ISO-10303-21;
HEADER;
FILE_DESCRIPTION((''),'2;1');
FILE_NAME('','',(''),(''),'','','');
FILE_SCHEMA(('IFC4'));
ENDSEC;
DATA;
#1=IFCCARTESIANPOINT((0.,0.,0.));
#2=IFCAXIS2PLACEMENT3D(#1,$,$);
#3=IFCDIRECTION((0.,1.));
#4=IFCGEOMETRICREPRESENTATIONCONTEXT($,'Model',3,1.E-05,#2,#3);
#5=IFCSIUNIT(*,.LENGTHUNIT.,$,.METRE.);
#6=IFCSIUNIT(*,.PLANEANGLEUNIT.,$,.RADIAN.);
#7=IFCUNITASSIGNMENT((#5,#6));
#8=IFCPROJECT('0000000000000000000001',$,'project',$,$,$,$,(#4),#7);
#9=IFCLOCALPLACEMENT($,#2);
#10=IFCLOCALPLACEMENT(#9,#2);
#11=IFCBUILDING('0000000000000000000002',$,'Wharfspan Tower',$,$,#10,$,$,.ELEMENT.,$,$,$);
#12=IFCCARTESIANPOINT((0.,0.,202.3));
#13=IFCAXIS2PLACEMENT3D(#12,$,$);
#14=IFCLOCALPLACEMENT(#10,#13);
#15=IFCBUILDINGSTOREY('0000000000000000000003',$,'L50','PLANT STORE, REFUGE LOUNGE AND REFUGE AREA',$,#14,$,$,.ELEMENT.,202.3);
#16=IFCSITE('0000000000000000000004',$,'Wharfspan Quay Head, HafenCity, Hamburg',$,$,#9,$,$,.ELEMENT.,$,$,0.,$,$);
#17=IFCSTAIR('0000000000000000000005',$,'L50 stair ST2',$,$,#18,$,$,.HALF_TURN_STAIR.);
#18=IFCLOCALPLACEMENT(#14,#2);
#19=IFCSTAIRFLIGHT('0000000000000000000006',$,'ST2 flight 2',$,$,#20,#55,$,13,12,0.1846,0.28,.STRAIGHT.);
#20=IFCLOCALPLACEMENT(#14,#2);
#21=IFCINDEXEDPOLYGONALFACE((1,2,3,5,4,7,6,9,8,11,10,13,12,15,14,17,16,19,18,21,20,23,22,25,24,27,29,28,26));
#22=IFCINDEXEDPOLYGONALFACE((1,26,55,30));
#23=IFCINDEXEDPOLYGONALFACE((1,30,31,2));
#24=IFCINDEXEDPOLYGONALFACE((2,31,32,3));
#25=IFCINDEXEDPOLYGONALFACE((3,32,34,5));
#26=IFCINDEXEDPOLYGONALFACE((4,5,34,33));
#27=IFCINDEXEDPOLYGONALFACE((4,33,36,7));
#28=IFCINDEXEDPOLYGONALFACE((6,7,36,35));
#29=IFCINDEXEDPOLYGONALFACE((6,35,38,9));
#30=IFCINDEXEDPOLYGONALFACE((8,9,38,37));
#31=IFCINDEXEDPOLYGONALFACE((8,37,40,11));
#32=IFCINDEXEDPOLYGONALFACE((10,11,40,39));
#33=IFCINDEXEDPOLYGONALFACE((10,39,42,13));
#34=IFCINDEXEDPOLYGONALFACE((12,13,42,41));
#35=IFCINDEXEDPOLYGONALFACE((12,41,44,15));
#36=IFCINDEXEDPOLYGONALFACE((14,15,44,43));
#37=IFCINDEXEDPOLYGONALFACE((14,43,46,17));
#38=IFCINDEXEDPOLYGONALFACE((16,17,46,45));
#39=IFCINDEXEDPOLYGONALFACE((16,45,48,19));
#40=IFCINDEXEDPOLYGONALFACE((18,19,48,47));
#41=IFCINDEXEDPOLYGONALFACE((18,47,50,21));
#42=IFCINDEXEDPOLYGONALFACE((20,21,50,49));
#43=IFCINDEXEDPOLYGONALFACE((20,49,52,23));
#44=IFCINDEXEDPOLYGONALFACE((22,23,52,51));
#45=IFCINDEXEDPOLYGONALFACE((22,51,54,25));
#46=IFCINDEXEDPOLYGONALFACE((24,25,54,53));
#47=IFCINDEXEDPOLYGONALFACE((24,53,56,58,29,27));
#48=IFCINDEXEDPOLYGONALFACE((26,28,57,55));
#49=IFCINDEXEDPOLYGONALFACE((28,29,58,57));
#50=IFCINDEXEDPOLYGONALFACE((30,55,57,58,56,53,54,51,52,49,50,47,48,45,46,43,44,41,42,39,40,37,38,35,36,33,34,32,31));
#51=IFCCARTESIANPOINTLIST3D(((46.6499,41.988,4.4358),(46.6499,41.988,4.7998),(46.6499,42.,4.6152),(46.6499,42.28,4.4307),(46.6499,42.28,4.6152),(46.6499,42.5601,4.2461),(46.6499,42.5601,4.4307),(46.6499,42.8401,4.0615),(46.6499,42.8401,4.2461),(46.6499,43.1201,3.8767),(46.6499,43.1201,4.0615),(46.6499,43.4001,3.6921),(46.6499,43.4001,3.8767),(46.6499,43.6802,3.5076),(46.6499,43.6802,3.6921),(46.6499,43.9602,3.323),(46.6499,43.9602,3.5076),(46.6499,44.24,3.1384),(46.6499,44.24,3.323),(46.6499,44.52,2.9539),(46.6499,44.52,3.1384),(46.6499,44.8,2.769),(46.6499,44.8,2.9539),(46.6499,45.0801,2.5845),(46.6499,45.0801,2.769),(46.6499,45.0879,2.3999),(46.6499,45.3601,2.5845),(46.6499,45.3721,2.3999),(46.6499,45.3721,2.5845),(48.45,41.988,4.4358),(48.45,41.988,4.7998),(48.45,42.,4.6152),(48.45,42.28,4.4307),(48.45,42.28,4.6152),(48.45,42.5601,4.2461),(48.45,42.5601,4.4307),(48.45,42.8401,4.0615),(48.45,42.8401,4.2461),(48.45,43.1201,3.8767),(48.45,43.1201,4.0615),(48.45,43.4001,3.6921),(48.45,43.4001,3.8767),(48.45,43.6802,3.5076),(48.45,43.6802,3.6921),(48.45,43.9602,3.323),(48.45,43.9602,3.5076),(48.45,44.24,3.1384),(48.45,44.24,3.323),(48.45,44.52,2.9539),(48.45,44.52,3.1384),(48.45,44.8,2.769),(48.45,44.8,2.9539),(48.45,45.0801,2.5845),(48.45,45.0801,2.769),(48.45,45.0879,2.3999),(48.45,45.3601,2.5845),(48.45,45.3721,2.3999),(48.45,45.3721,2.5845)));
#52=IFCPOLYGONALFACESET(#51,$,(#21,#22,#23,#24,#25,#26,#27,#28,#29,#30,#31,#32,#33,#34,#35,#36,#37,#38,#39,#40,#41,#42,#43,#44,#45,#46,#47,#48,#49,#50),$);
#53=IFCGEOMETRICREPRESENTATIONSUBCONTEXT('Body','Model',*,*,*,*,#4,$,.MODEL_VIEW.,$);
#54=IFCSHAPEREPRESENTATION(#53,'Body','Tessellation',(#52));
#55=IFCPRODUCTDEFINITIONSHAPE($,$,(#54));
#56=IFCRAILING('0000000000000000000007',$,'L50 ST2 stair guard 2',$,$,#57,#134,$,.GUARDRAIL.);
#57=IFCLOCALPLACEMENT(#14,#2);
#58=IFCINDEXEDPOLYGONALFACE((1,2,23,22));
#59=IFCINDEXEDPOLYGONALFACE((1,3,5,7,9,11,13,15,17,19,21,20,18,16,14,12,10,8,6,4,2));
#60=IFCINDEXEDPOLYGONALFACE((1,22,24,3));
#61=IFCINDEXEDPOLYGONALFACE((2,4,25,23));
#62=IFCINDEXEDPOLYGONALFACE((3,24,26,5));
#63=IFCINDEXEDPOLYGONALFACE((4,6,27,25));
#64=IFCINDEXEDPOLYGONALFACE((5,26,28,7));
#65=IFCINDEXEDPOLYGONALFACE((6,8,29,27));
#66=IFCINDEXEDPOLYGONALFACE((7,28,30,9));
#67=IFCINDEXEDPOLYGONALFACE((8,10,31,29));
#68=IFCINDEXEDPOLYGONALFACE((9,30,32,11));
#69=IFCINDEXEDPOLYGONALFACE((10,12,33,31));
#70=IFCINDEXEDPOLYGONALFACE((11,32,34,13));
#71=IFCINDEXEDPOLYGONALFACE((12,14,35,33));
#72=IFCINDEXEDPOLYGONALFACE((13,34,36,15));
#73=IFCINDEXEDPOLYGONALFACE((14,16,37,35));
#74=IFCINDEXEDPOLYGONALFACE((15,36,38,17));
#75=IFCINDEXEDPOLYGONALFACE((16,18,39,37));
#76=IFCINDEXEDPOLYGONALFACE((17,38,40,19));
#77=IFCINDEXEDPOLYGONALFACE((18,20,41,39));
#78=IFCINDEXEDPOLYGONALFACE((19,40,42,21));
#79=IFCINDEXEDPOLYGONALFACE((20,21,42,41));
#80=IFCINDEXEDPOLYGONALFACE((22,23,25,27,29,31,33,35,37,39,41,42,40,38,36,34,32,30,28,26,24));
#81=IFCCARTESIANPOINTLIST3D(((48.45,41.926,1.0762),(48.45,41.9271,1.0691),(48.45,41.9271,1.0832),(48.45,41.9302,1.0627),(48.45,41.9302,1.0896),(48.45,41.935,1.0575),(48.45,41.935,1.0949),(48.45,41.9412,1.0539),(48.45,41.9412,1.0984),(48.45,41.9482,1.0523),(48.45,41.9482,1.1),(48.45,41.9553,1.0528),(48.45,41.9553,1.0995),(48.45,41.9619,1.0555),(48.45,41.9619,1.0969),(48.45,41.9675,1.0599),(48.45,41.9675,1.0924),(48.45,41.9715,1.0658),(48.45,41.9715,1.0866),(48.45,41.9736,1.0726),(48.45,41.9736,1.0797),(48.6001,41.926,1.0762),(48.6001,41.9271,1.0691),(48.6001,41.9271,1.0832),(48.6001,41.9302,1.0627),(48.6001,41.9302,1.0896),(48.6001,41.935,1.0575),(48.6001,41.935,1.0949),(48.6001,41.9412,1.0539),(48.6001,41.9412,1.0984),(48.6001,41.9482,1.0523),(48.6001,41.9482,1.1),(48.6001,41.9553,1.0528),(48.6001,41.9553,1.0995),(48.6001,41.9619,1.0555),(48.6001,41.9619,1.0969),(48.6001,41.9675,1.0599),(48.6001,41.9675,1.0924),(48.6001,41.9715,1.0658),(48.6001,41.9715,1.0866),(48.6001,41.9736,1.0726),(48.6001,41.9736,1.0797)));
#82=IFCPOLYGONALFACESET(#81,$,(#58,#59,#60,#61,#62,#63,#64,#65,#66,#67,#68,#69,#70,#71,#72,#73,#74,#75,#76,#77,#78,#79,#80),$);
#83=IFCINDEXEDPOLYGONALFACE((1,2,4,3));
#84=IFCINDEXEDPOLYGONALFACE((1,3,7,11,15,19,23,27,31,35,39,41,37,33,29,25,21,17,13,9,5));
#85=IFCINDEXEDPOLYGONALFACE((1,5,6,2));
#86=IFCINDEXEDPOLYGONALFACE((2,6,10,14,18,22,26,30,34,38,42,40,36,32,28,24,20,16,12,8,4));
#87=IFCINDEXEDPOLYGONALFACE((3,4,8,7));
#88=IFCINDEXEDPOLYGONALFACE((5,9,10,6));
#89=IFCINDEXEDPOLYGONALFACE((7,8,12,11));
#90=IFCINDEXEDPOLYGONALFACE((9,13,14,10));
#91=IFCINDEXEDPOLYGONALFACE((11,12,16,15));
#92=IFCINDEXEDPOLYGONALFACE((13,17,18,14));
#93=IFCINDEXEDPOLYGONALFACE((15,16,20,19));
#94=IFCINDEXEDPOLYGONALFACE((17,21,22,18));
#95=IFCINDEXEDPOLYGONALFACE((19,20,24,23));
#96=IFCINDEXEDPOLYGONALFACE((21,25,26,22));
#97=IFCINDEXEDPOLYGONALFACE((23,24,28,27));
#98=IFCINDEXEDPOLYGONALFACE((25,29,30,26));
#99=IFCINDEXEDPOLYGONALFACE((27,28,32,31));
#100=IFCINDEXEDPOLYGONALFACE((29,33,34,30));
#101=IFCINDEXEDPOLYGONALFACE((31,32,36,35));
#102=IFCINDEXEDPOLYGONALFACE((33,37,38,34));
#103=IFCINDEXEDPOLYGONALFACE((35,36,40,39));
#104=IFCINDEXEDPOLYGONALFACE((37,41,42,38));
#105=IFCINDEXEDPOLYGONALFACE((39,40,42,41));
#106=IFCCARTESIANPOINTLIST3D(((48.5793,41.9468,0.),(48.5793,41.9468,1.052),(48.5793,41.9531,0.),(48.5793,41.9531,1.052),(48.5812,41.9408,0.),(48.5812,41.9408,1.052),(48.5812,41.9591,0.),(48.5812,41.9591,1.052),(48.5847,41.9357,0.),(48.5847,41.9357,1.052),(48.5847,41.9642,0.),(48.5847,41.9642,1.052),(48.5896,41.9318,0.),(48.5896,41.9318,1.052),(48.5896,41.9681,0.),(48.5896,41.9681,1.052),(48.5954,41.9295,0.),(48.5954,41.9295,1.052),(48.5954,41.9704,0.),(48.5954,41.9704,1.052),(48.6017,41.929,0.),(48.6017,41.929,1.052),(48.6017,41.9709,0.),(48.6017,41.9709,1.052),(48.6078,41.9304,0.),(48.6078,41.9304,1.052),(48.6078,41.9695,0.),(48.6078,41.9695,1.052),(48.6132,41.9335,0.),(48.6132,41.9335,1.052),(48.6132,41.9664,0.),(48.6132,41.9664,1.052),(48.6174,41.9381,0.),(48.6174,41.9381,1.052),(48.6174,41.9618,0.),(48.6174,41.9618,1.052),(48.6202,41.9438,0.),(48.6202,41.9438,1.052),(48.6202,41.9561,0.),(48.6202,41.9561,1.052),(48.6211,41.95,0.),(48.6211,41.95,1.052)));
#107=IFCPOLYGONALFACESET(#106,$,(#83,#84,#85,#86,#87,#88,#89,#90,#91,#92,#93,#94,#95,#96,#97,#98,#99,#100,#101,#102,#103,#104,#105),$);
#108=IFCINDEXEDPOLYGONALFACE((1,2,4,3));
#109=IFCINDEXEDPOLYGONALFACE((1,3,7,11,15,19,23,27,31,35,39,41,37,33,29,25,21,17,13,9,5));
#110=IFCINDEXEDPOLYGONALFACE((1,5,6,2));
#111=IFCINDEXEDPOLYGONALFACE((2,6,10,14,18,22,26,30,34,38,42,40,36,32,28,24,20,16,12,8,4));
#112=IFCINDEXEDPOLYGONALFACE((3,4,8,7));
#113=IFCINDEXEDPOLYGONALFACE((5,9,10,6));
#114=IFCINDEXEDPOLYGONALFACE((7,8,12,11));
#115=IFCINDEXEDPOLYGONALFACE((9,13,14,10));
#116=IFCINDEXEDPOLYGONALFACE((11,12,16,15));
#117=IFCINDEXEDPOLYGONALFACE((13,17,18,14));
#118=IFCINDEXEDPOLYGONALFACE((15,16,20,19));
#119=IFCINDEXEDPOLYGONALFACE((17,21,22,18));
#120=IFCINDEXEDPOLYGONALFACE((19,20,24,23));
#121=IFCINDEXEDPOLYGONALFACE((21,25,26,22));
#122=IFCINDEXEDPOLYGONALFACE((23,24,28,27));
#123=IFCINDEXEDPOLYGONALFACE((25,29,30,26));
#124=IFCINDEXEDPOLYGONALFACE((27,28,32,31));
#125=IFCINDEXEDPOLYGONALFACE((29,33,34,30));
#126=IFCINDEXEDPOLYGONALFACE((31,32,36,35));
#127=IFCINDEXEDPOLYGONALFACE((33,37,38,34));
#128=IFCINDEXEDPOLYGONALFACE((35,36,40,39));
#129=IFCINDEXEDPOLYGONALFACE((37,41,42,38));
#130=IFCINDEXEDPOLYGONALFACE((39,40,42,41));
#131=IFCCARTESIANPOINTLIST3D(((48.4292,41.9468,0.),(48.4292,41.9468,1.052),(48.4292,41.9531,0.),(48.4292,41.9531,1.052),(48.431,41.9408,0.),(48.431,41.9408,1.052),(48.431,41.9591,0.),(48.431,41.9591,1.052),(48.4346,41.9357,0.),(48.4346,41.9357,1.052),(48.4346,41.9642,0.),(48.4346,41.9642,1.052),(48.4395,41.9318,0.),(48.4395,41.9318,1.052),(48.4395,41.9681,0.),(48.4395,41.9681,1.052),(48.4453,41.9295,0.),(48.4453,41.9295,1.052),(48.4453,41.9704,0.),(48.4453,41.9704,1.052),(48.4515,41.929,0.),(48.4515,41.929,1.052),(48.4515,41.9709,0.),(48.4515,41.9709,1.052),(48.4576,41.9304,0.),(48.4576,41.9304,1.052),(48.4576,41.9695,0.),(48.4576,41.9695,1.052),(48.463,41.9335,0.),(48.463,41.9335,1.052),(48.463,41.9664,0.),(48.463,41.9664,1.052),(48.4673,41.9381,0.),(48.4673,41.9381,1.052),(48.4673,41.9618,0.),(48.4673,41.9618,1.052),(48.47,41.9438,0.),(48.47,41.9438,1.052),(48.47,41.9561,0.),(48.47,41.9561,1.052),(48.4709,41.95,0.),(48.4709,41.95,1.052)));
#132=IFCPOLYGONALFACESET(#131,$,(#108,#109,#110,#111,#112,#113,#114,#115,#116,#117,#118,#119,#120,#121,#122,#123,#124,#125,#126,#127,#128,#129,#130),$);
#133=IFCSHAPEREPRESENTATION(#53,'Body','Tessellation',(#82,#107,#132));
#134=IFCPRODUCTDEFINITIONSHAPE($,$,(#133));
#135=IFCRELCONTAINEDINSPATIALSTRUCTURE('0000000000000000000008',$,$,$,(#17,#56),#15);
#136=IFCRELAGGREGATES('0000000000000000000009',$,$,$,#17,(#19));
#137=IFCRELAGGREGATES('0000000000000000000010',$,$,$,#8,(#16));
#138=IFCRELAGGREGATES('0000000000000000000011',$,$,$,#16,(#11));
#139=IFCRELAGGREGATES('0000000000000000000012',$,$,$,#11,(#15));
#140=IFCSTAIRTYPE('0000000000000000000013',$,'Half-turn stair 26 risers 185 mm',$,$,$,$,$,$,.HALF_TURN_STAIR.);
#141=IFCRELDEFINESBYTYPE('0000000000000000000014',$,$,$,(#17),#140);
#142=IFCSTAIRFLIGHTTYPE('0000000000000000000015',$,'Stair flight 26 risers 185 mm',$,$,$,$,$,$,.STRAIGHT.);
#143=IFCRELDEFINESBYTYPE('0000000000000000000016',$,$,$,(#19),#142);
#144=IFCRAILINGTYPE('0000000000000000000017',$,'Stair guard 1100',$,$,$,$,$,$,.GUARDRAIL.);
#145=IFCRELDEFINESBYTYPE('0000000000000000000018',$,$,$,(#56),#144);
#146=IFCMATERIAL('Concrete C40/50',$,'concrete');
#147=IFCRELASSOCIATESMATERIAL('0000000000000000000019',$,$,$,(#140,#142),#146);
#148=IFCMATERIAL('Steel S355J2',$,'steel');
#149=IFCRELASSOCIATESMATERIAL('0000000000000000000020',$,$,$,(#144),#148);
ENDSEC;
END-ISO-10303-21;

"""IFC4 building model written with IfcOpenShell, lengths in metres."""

from ifc_helpers import new_model, si_unit, direction, frame, origin, origin_2d, place, context, subcontext, project, spatial, polyline, circle, outline, extrude, material, type_object, element, aggregate, save


model = new_model("IFC4")

# Units and contexts
model_context = context("Model", 3, precision=1e-05, world=origin(), true_north=direction((0.0, 1.0)))
body_context = subcontext(model_context, "Body", "Model", "MODEL_VIEW")
ifc_project = project(units=[si_unit("LENGTHUNIT", "METRE"), si_unit("PLANEANGLEUNIT", "RADIAN")], contexts=[model_context])

# Site, building, storey
site_placement = place(None, origin())
site = spatial("IfcSite", under=ifc_project, at=site_placement, Name="Wharfspan Quay Head, HafenCity, Hamburg", CompositionType="ELEMENT", RefElevation=0.0)
building_placement = place(site_placement, origin())
building = spatial("IfcBuilding", under=site, at=building_placement, Name="Wharfspan Tower", CompositionType="ELEMENT")
storey_placement = place(building_placement, frame((0.0, 0.0, 202.3)))
storey = spatial("IfcBuildingStorey", under=building, at=storey_placement, Name="L50", Description="PLANT STORE, REFUGE LOUNGE AND REFUGE AREA", CompositionType="ELEMENT", Elevation=202.3)

# Shared definitions
ifc_material_1 = material(Name="Steel S355J2", Category="steel")

# Shared definitions
ifc_material_2 = material(Name="Concrete C40/50", Category="concrete")

# Stair, stair flight
stair_type = type_object("IfcStairType", Name="Half-turn stair 26 risers 185 mm", PredefinedType="HALF_TURN_STAIR", material=ifc_material_2)
stair_placement = place(storey_placement, origin())
stair = element("IfcStair", 1, at=stair_placement, inside=storey, type_object=stair_type, Name="L50 stair ST2", PredefinedType="HALF_TURN_STAIR")
stair_flight_type = type_object("IfcStairFlightType", Name="Stair flight 26 risers 185 mm", PredefinedType="STRAIGHT", material=ifc_material_2)
stair_flight_1_placement = place(storey_placement, frame((47.55, 45.3601, 2.3999), z_axis=(0.0, 0.0, 1.0), x_axis=(0.0, -1.0, 0.0)))
stair_flight_1 = element("IfcStairFlight", 2, at=stair_flight_1_placement, type_object=stair_flight_type, Name="ST2 flight 2", NumberOfRisers=13, NumberOfTreads=12, PredefinedType="STRAIGHT", RiserHeight=0.1846, TreadLength=0.28, context=body_context, shape_type="SweptSolid", body=[
    extrude(outline(polyline([(-0.012, 0.0), (-0.012, 0.1846), (0.0, 0.1846), (0.28, 0.1846), (0.28, 0.3691), (0.5601, 0.3691), (0.5601, 0.554), (0.8401, 0.554), (0.8401, 0.7385), (1.1201, 0.7385), (1.1201, 0.9231), (1.3999, 0.9231), (1.3999, 1.1077), (1.6799, 1.1077), (1.6799, 1.2922), (1.96, 1.2922), (1.96, 1.4768), (2.24, 1.4768), (2.24, 1.6616), (2.52, 1.6616), (2.52, 1.8462), (2.8, 1.8462), (2.8, 2.0308), (3.0801, 2.0308), (3.0801, 2.2153), (3.3601, 2.2153), (3.3721, 2.3999), (3.3721, 2.0359), (0.2722, 0.0), (-0.012, 0.0)])), frame((0.0, 0.8999, 0.0), z_axis=(0.0, -1.0, 0.0), x_axis=(1.0, 0.0, 0.0)), (0.0, 0.0, 1.0), 1.8),
])
aggregate(stair, [stair_flight_1])

# Railing
railing_type_1 = type_object("IfcRailingType", Name="Stair guard 1100", PredefinedType="GUARDRAIL", material=ifc_material_1)
railing_1_placement = place(storey_placement, frame((48.6001, 41.95, 0.0)))
element("IfcRailing", 3, at=railing_1_placement, inside=storey, type_object=railing_type_1, Name="L50 ST2 stair guard 2", PredefinedType="GUARDRAIL", context=body_context, shape_type="SweptSolid", body=[
    extrude(circle(Radius=0.0239, at=origin_2d()), frame((0.0, 0.0, 1.0762), z_axis=(-1.0, 0.0, 0.0), x_axis=(0.0, -1.0, 0.0)), (0.0, 0.0, 1.0), 0.1501),
    extrude(circle(Radius=0.021, at=origin_2d()), origin(), (0.0, 0.0, 1.0), 1.052),
    extrude(circle(Radius=0.021, at=origin_2d()), frame((-0.1501, 0.0, 0.0)), (0.0, 0.0, 1.0), 1.052),
])

save(model, "model.ifc")
